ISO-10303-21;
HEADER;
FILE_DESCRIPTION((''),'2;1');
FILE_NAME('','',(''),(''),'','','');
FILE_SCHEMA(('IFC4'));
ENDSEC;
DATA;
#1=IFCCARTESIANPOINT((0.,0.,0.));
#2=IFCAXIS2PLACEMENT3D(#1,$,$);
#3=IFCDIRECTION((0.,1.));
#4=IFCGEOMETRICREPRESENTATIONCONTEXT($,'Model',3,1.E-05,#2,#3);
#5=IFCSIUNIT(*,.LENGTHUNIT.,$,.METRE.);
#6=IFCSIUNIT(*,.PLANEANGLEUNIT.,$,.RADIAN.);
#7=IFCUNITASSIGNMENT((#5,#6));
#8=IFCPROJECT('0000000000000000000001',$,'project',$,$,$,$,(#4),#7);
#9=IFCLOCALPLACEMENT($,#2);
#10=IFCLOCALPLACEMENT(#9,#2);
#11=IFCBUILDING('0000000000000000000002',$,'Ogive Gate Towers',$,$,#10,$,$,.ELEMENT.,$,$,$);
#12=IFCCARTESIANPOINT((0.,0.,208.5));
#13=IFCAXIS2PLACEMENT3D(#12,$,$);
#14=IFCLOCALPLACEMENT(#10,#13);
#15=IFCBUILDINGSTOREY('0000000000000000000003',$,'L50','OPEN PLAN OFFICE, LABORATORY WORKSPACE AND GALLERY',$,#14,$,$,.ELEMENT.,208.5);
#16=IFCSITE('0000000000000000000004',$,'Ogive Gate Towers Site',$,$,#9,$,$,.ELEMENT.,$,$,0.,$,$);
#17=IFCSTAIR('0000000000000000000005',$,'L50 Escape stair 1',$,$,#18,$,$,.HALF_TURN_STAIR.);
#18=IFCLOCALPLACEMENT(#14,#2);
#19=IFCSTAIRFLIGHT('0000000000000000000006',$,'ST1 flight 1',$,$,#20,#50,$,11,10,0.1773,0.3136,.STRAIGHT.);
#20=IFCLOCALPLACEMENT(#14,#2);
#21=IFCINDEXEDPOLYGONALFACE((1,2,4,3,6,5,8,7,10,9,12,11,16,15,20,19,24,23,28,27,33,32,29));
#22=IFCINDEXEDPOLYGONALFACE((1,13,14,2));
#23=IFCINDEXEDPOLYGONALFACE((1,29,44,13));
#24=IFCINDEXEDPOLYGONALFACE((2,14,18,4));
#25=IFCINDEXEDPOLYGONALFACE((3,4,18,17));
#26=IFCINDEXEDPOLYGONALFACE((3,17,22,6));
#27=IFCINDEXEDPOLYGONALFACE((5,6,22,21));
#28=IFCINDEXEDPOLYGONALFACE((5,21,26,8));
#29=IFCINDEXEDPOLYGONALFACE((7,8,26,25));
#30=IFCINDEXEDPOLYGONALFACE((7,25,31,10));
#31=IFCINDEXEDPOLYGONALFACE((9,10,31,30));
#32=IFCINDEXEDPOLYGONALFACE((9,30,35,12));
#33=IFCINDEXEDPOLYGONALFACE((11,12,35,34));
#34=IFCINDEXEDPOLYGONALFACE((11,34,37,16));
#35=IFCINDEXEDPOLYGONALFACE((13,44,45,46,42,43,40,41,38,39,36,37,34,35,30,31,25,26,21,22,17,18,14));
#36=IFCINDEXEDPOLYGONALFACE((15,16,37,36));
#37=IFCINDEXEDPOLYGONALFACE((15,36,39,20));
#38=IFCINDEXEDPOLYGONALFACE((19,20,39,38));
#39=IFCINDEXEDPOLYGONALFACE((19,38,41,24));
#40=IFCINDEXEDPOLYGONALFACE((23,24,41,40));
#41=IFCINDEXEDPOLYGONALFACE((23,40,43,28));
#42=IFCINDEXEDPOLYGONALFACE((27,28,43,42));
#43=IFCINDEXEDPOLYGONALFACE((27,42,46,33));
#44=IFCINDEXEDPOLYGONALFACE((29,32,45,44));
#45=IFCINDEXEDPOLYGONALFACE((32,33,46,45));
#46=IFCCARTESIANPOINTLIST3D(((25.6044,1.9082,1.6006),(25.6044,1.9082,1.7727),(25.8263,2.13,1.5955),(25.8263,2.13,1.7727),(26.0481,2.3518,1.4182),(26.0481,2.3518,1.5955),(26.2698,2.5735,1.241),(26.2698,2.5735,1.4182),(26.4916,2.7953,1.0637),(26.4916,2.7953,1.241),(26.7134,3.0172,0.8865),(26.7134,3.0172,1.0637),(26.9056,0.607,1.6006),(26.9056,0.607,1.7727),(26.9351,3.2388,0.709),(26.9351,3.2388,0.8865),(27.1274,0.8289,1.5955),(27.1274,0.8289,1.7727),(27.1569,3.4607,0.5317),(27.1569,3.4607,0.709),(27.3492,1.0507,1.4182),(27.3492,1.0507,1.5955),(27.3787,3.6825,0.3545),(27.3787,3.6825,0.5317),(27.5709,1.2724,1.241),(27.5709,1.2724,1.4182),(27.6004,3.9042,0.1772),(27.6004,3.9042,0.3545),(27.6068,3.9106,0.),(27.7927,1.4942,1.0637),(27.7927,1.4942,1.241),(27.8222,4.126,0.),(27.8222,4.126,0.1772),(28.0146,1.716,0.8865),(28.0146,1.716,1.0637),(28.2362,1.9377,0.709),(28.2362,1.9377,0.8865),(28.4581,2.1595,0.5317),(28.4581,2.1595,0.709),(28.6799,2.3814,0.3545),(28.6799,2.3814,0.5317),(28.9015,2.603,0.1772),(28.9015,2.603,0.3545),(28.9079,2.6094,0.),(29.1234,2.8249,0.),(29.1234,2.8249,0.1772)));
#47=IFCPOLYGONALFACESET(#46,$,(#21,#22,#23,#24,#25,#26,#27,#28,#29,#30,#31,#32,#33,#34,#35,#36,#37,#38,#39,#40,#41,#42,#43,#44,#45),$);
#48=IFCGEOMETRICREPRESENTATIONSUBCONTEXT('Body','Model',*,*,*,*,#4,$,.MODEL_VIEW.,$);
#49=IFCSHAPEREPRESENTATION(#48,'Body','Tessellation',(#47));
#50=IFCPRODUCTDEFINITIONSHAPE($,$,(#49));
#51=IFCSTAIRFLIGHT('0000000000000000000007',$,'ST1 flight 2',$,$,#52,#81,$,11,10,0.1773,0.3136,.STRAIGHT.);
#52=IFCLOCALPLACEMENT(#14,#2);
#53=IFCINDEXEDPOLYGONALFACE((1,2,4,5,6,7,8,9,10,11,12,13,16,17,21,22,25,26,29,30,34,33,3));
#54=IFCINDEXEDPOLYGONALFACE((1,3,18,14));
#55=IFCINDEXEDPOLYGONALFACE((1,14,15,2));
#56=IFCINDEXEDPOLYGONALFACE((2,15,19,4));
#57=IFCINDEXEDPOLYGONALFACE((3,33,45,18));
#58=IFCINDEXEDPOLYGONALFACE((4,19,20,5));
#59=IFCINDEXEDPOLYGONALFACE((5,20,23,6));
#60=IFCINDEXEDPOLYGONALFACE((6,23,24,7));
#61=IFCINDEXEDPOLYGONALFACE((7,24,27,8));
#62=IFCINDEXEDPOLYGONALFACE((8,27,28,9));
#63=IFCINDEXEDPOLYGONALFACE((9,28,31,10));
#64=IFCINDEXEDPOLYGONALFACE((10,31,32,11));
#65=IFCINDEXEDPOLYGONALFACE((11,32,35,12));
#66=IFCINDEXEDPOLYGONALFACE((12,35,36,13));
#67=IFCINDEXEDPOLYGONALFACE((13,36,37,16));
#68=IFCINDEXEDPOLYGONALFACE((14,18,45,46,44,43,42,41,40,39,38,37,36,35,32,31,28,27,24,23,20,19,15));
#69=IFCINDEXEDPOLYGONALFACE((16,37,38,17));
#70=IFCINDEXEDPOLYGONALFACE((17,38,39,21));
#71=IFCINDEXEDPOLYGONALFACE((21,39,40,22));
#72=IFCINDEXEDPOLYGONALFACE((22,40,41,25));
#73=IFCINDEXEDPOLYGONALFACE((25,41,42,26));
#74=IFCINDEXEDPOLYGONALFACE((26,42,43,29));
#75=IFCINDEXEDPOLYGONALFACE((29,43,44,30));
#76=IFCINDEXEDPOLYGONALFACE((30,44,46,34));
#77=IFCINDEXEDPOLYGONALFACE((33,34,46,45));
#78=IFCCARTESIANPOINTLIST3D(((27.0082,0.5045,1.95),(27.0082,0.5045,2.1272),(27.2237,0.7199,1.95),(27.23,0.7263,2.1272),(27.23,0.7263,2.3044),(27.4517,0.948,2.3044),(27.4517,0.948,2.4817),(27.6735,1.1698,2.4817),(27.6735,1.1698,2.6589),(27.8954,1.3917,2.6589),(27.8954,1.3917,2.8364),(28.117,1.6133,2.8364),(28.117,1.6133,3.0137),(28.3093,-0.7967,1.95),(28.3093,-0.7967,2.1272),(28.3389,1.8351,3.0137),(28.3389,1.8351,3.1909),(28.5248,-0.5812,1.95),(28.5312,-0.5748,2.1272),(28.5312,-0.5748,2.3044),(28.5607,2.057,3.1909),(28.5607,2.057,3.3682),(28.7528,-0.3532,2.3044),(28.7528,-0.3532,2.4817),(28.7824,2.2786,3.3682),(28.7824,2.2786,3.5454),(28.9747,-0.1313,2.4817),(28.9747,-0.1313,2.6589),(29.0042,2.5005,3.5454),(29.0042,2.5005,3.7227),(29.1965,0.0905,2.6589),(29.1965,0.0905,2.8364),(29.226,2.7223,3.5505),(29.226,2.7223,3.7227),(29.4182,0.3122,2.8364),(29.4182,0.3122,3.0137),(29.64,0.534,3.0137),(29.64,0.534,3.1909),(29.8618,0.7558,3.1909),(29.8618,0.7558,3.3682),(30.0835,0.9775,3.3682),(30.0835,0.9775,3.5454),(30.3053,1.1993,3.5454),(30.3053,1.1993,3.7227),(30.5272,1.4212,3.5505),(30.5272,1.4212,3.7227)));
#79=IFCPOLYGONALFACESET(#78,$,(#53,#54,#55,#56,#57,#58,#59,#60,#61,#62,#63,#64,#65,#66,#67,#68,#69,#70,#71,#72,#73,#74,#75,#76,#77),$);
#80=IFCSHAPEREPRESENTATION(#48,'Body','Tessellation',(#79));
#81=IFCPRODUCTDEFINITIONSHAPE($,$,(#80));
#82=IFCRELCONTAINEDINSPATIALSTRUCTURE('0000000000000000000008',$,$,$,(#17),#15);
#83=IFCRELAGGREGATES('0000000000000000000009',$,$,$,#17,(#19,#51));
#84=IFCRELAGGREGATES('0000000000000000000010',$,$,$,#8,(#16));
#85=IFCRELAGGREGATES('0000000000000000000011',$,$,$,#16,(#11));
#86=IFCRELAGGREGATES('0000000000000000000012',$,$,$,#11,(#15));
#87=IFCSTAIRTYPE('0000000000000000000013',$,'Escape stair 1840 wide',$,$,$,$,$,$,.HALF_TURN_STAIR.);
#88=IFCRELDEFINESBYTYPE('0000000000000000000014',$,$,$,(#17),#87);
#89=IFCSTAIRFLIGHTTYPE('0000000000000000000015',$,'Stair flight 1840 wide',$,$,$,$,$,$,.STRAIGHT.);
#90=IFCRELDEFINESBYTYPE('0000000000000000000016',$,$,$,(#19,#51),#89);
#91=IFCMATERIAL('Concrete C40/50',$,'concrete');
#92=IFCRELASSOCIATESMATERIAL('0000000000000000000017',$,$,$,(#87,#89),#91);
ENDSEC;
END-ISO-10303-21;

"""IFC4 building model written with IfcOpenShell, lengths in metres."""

from ifc_helpers import new_model, si_unit, direction, frame, origin, place, context, subcontext, project, spatial, polyline, outline, extrude, material, type_object, element, aggregate, save


model = new_model("IFC4")

# Units and contexts
model_context = context("Model", 3, precision=1e-05, world=origin(), true_north=direction((0.0, 1.0)))
body_context = subcontext(model_context, "Body", "Model", "MODEL_VIEW")
ifc_project = project(units=[si_unit("LENGTHUNIT", "METRE"), si_unit("PLANEANGLEUNIT", "RADIAN")], contexts=[model_context])

# Site, building, storey
site_placement = place(None, origin())
site = spatial("IfcSite", under=ifc_project, at=site_placement, Name="Ogive Gate Towers Site", CompositionType="ELEMENT", RefElevation=0.0)
building_placement = place(site_placement, origin())
building = spatial("IfcBuilding", under=site, at=building_placement, Name="Ogive Gate Towers", CompositionType="ELEMENT")
storey_placement = place(building_placement, frame((0.0, 0.0, 208.5)))
storey = spatial("IfcBuildingStorey", under=building, at=storey_placement, Name="L50", Description="OPEN PLAN OFFICE, LABORATORY WORKSPACE AND GALLERY", CompositionType="ELEMENT", Elevation=208.5)

# Stair, stair flights
ifc_material_1 = material(Name="Concrete C40/50", Category="concrete")
stair_type = type_object("IfcStairType", Name="Escape stair 1840 wide", PredefinedType="HALF_TURN_STAIR", material=ifc_material_1)
stair_placement = place(storey_placement, origin())
stair = element("IfcStair", 1, at=stair_placement, inside=storey, type_object=stair_type, Name="L50 Escape stair 1", PredefinedType="HALF_TURN_STAIR")
stair_flight_type = type_object("IfcStairFlightType", Name="Stair flight 1840 wide", PredefinedType="STRAIGHT", material=ifc_material_1)
stair_flight_1_placement = place(storey_placement, frame((28.4729, 3.4753, 0.0), z_axis=(0.0, 0.0, 1.0), x_axis=(-0.707107, -0.707107, 0.0)))
stair_flight_1 = element("IfcStairFlight", 2, at=stair_flight_1_placement, type_object=stair_flight_type, Name="ST1 flight 1", NumberOfRisers=11, NumberOfTreads=10, PredefinedType="STRAIGHT", RiserHeight=0.1773, TreadLength=0.3136, context=body_context, shape_type="SweptSolid", body=[
    extrude(outline(polyline([(0.0, 0.0), (0.0, 0.1772), (0.3137, 0.1772), (0.3137, 0.3545), (0.6272, 0.3545), (0.6272, 0.5317), (0.9409, 0.5317), (0.9409, 0.709), (1.2546, 0.709), (1.2546, 0.8865), (1.5681, 0.8865), (1.5681, 1.0637), (1.8818, 1.0637), (1.8818, 1.241), (2.1956, 1.241), (2.1956, 1.4182), (2.509, 1.4182), (2.509, 1.5955), (2.8228, 1.5955), (2.8228, 1.7727), (3.1365, 1.7727), (3.1365, 1.95), (3.1365, 1.6006), (0.3047, 0.0), (0.0, 0.0)])), frame((0.0, 0.9199, 0.0), z_axis=(0.0, -1.0, 0.0), x_axis=(1.0, 0.0, 0.0)), (0.0, 0.0, 1.0), 1.8401),
])
stair_flight_2_placement = place(storey_placement, frame((27.6587, -0.146, 1.95), z_axis=(0.0, 0.0, 1.0), x_axis=(0.707107, 0.707107, 0.0)))
stair_flight_2 = element("IfcStairFlight", 3, at=stair_flight_2_placement, type_object=stair_flight_type, Name="ST1 flight 2", NumberOfRisers=11, NumberOfTreads=10, PredefinedType="STRAIGHT", RiserHeight=0.1773, TreadLength=0.3136, context=body_context, shape_type="SweptSolid", body=[
    extrude(outline(polyline([(0.0, 0.0), (0.0, 0.1772), (0.3137, 0.1772), (0.3137, 0.3545), (0.6272, 0.3545), (0.6272, 0.5317), (0.9409, 0.5317), (0.9409, 0.709), (1.2546, 0.709), (1.2546, 0.8865), (1.5681, 0.8865), (1.5681, 1.0637), (1.8818, 1.0637), (1.8818, 1.241), (2.1956, 1.241), (2.1956, 1.4182), (2.509, 1.4182), (2.509, 1.5955), (2.8228, 1.5955), (2.8228, 1.7727), (3.1365, 1.7727), (3.1365, 1.95), (3.1365, 1.6006), (0.3047, 0.0), (0.0, 0.0)])), frame((0.0, 0.9199, 0.0), z_axis=(0.0, -1.0, 0.0), x_axis=(1.0, 0.0, 0.0)), (0.0, 0.0, 1.0), 1.8401),
])
aggregate(stair, [stair_flight_1, stair_flight_2])

save(model, "model.ifc")
